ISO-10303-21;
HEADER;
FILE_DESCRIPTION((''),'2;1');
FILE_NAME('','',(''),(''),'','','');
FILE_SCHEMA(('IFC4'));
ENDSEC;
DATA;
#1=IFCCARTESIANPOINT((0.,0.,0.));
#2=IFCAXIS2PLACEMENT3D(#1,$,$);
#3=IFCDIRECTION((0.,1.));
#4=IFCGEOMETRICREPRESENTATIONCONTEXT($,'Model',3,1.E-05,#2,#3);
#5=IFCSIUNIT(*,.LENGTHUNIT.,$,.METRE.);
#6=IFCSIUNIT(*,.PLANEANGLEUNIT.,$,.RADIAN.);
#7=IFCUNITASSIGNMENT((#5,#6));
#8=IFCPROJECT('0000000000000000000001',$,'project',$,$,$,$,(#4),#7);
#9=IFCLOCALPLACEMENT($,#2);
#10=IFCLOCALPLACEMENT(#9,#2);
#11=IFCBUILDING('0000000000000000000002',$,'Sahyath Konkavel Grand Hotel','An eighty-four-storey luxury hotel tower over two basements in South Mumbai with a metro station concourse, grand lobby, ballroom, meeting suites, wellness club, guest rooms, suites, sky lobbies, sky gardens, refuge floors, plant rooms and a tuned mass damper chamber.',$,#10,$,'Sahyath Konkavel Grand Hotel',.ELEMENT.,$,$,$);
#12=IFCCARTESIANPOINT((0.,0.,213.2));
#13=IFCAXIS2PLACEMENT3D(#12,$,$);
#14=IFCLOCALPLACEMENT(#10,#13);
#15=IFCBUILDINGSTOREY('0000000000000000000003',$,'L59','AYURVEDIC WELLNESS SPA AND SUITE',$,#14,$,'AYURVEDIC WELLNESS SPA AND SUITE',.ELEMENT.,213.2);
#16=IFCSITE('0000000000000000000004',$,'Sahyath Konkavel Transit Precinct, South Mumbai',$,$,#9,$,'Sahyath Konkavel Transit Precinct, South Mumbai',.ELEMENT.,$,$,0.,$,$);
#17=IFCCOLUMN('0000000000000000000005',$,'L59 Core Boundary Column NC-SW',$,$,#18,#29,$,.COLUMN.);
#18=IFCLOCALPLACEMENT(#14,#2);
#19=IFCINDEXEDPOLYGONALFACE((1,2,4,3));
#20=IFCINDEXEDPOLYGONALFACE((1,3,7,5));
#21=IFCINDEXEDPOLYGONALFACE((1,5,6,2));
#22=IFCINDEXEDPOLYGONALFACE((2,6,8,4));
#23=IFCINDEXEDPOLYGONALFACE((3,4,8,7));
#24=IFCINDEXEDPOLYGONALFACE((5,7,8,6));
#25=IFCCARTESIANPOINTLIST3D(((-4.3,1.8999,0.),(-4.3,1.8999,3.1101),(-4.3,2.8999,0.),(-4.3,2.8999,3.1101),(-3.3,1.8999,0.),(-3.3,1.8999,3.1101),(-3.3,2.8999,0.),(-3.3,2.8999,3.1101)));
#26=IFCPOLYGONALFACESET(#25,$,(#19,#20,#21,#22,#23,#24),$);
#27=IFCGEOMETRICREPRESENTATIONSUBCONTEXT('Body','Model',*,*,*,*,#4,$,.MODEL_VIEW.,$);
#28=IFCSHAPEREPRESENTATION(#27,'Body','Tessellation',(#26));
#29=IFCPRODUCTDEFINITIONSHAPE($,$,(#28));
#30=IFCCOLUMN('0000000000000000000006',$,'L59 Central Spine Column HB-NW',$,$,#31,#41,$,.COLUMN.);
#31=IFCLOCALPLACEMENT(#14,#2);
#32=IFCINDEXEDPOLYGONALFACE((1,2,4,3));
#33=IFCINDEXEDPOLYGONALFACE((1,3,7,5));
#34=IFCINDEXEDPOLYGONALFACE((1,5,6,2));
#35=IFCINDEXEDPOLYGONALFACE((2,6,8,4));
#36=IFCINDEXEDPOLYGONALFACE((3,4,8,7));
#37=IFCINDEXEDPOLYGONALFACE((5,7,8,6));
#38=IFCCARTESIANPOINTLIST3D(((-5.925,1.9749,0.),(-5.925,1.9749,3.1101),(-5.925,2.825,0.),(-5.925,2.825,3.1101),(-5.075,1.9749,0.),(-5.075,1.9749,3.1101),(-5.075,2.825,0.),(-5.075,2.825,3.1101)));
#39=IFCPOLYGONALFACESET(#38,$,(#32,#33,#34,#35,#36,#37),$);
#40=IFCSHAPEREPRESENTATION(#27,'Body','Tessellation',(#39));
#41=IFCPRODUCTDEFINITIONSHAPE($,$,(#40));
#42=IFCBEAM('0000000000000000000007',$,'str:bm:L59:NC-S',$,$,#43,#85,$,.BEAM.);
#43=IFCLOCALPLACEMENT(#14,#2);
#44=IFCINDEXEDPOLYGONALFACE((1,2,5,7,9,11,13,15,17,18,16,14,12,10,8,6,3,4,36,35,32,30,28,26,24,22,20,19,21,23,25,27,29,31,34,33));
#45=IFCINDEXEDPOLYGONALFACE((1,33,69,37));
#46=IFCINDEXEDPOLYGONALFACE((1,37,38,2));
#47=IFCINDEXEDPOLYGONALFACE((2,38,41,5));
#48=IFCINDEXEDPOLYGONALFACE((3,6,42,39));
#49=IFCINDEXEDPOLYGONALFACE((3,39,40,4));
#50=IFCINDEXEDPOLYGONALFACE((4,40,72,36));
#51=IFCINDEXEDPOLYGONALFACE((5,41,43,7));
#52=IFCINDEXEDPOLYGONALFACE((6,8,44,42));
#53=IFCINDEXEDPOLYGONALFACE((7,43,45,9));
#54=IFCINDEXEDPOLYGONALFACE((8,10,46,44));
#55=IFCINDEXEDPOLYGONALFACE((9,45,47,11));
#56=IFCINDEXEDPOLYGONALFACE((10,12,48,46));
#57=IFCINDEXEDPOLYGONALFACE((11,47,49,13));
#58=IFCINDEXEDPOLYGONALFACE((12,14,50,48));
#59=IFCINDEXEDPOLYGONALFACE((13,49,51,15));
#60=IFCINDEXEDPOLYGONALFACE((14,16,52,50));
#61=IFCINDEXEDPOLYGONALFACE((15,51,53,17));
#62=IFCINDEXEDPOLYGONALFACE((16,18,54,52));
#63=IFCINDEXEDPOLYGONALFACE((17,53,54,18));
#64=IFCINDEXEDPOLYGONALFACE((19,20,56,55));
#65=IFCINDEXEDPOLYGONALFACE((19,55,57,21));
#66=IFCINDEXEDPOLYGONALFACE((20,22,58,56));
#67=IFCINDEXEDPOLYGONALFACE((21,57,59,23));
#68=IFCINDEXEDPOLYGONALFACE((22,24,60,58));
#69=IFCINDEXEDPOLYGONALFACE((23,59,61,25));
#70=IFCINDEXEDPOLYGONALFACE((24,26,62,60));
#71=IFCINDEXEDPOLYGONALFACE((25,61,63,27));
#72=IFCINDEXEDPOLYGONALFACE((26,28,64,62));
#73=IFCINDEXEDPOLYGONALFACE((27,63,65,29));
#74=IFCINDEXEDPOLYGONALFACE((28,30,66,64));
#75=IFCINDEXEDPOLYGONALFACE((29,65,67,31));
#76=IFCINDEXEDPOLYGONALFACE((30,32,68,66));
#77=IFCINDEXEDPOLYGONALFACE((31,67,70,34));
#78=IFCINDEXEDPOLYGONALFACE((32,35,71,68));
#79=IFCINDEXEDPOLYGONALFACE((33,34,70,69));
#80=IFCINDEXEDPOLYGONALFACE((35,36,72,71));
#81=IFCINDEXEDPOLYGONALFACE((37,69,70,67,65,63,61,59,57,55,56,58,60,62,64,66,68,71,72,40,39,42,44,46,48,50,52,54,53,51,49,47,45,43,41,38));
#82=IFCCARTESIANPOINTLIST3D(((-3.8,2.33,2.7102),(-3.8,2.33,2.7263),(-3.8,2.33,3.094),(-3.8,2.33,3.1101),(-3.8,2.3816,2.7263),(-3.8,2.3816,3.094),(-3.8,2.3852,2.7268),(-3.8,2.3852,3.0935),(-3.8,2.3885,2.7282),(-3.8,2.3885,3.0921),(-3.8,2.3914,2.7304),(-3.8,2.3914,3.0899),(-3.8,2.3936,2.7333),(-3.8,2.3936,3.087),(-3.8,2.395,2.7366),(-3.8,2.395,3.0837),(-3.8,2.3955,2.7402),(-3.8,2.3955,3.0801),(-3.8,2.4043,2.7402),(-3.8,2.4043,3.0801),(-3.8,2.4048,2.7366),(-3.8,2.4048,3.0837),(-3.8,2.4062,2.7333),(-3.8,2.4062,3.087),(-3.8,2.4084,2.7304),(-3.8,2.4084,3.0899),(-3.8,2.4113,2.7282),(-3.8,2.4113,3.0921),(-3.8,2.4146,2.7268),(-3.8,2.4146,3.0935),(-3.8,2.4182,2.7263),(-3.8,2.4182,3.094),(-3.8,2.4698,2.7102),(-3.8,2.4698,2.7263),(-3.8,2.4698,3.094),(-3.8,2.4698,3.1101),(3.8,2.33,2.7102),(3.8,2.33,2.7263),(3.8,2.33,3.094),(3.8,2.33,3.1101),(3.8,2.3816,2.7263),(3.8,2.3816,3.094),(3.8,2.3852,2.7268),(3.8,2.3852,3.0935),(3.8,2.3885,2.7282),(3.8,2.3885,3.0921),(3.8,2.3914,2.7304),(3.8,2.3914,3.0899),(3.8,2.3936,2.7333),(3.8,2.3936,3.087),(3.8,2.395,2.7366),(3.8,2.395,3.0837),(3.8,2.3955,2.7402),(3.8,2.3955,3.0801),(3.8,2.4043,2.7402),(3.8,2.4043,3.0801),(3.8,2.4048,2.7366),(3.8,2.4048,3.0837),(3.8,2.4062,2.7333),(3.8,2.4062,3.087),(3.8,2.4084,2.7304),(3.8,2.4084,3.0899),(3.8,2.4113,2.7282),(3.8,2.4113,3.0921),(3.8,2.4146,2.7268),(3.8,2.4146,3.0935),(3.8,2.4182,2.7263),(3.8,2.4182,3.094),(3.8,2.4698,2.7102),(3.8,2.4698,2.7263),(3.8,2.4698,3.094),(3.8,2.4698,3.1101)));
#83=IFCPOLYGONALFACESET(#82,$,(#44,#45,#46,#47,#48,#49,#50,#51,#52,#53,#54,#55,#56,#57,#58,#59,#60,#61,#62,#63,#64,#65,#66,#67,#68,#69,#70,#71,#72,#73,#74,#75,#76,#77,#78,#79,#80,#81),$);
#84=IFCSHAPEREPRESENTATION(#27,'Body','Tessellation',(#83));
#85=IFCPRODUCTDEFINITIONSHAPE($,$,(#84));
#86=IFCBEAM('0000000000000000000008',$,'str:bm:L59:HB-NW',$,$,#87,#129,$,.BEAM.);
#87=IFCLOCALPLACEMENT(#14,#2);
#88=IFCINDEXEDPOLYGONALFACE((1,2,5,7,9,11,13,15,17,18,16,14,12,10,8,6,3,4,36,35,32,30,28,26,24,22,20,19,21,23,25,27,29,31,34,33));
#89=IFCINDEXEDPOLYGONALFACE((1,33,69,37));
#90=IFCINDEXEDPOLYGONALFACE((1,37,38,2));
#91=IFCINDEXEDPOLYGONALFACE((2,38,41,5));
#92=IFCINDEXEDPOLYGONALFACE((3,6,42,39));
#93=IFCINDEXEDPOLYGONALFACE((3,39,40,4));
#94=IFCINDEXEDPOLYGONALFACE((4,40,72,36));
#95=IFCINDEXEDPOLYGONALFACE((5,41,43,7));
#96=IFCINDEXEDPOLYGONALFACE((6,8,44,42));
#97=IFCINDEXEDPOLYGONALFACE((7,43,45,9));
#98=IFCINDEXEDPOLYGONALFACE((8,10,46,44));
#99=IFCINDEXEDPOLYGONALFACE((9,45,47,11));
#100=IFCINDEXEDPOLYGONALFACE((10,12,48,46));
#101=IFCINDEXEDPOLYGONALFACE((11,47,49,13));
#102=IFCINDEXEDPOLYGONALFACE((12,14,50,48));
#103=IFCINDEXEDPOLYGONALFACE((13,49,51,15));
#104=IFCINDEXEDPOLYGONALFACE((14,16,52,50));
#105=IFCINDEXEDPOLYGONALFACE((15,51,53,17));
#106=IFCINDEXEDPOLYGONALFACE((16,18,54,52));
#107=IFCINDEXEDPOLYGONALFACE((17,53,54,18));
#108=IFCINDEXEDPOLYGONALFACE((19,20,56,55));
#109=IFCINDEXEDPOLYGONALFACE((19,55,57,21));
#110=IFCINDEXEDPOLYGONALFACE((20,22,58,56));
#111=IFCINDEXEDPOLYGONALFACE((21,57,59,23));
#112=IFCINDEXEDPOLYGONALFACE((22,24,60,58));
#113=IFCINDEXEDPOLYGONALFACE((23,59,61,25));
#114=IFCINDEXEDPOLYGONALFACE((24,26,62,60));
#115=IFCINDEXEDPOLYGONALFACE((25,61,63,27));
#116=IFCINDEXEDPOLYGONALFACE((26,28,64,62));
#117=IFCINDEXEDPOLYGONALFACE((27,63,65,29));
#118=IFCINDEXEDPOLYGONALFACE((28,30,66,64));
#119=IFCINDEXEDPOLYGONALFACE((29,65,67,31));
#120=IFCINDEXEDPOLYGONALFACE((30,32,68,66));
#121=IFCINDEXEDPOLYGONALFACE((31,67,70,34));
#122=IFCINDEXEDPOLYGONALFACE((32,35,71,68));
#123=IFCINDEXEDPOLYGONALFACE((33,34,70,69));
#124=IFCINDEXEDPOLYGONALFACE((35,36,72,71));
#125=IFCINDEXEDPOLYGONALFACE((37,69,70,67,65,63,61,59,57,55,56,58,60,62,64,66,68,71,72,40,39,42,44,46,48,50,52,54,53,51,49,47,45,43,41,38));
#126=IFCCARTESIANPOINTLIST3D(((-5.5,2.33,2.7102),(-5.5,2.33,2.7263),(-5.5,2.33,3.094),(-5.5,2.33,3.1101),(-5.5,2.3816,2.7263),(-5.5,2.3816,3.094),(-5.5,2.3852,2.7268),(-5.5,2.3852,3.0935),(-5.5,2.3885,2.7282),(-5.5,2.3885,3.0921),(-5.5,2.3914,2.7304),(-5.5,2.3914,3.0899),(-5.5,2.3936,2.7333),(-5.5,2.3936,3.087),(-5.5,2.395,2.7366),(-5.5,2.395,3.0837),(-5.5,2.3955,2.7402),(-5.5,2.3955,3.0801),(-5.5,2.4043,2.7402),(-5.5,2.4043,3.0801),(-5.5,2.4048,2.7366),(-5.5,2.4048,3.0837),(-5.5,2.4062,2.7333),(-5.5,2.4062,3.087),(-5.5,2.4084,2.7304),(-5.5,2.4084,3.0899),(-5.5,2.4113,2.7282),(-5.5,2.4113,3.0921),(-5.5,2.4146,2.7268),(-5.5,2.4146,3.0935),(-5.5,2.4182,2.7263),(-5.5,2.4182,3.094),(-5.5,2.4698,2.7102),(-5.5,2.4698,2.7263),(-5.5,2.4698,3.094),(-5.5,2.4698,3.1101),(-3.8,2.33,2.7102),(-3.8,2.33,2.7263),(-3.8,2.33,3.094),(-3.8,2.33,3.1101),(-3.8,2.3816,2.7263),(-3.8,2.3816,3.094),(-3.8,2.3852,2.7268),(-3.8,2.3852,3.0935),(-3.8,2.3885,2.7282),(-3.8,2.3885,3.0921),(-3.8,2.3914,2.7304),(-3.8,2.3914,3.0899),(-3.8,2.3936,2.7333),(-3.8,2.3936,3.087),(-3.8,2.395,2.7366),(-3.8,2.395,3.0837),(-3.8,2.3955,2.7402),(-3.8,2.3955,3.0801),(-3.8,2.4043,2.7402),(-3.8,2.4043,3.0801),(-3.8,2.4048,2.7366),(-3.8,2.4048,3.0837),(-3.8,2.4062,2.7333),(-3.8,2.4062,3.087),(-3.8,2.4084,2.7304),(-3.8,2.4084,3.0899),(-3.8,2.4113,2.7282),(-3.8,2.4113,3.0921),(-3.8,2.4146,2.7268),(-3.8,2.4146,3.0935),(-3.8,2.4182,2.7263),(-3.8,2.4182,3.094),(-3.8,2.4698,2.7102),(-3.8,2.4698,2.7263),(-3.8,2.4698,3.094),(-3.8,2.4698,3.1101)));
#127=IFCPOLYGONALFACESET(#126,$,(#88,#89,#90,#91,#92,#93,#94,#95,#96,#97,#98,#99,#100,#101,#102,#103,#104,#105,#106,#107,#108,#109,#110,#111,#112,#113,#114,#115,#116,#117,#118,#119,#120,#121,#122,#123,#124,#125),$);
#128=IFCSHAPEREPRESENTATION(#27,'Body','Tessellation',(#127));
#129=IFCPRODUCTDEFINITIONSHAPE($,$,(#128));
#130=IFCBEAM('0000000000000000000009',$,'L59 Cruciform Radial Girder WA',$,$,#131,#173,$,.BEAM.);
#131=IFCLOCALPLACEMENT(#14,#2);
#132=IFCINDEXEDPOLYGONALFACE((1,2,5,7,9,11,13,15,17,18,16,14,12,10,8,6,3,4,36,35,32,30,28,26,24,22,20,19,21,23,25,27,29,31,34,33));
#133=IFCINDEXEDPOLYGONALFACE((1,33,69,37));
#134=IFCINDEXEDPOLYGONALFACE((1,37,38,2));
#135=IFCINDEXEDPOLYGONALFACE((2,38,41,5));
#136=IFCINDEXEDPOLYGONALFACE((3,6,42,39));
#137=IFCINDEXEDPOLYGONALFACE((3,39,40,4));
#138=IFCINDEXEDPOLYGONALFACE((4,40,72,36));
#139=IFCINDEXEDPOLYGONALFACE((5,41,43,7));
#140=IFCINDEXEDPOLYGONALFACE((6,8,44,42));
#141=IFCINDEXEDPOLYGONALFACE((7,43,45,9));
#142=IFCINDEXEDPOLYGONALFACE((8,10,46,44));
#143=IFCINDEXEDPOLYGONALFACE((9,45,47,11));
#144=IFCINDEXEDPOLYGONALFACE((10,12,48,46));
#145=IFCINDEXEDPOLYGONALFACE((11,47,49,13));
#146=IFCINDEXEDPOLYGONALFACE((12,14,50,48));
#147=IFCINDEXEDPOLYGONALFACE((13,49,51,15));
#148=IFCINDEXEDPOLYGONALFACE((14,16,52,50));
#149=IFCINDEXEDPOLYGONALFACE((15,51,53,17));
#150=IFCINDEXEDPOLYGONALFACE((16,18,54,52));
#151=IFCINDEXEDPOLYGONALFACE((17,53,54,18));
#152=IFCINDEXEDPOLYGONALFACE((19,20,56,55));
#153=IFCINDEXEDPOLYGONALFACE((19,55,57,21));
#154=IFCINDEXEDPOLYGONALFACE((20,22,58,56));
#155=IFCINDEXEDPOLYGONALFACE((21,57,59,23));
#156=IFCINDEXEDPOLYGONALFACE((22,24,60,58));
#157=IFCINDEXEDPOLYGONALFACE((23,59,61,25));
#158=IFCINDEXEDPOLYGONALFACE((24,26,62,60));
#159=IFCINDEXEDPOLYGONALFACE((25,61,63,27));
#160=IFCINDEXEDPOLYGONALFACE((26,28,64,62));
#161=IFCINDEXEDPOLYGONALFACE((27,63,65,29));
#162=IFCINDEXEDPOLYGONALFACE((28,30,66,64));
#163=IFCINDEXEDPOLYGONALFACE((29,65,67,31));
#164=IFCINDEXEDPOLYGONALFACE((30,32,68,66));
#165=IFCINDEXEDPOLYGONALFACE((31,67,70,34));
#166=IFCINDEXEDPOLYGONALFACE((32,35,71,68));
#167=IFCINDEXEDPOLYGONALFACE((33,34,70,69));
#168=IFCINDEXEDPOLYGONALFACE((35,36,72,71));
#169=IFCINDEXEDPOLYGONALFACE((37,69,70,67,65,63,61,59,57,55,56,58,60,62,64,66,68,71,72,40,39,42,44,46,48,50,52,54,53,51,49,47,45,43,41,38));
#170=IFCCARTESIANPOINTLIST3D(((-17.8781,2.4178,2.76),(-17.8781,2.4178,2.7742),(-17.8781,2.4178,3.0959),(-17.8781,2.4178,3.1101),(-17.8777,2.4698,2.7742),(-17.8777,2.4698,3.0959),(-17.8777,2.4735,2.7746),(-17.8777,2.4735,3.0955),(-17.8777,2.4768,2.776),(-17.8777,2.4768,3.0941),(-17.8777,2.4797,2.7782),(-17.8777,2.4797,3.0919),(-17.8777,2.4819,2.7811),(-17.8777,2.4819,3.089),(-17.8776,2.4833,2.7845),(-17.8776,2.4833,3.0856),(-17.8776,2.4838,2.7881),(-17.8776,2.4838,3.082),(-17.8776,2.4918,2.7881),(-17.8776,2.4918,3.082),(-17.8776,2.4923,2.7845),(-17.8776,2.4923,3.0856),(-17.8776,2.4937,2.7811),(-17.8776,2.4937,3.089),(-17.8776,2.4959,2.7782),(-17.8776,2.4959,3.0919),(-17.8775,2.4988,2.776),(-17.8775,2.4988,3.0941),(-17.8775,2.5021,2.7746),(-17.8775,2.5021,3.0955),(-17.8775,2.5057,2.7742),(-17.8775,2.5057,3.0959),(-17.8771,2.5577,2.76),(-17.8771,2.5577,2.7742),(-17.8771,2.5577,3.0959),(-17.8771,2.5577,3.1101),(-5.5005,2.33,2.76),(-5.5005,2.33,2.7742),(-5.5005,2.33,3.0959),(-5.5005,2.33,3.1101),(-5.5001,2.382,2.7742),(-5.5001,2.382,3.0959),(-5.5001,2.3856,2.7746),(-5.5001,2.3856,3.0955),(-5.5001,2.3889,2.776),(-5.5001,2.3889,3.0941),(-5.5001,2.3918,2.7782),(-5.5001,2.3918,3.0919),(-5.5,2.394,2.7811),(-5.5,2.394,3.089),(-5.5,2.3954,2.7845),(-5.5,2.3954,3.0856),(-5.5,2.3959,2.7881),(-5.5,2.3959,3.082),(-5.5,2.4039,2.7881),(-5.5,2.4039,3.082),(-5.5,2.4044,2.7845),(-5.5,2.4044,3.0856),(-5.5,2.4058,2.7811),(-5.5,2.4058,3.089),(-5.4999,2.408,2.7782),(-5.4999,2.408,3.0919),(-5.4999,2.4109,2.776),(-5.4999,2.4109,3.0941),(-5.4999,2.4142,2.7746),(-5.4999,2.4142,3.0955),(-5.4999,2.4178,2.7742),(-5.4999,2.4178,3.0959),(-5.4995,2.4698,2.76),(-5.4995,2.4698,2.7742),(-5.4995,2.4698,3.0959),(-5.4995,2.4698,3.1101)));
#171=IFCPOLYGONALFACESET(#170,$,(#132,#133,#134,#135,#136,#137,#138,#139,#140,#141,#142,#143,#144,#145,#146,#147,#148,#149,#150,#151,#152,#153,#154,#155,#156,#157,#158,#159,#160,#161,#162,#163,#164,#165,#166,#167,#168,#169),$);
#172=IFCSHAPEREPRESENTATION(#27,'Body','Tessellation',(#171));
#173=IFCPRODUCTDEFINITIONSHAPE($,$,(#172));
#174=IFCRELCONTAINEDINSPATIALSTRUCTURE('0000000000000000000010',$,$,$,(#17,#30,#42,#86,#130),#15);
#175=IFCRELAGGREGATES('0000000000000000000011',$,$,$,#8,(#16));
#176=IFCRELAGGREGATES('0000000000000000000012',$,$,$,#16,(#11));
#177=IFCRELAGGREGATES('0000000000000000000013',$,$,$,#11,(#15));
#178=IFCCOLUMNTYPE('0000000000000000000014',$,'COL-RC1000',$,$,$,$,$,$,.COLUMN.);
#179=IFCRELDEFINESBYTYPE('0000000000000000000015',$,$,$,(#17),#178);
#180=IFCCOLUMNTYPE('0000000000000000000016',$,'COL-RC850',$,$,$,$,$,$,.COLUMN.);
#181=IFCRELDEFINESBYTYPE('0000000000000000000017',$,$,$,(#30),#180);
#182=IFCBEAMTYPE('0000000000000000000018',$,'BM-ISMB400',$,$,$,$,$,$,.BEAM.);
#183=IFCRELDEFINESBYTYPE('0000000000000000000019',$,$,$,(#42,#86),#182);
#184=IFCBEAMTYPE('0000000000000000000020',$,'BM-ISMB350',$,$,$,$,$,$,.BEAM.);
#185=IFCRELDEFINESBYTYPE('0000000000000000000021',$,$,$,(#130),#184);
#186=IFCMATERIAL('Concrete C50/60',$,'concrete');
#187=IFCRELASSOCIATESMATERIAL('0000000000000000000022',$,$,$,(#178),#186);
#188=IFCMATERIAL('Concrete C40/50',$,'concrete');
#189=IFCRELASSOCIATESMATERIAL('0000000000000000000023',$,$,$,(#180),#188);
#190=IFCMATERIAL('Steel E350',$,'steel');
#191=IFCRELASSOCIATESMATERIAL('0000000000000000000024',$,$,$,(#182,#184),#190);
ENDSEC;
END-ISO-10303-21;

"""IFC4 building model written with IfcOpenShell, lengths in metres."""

from ifc_helpers import new_model, si_unit, direction, frame, origin, origin_2d, place, context, subcontext, project, spatial, rectangle, i_section, extrude, source, transform, mapped, material, material_profile, profile_set, type_object, element, save


model = new_model("IFC4")

# Units and contexts
model_context = context("Model", 3, precision=1e-05, world=origin(), true_north=direction((0.0, 1.0)))
body_context = subcontext(model_context, "Body", "Model", "MODEL_VIEW")
ifc_project = project(units=[si_unit("LENGTHUNIT", "METRE"), si_unit("PLANEANGLEUNIT", "RADIAN")], contexts=[model_context])

# Site, building, storey
site_placement = place(None, origin())
site = spatial("IfcSite", under=ifc_project, at=site_placement, Name="Sahyath Konkavel Transit Precinct, South Mumbai", LongName="Sahyath Konkavel Transit Precinct, South Mumbai", CompositionType="ELEMENT", RefElevation=0.0)
building_placement = place(site_placement, origin())
building = spatial("IfcBuilding", under=site, at=building_placement, Name="Sahyath Konkavel Grand Hotel", Description="An eighty-four-storey luxury hotel tower over two basements in South Mumbai with a metro station concourse, grand lobby, ballroom, meeting suites, wellness club, guest rooms, suites, sky lobbies, sky gardens, refuge floors, plant rooms and a tuned mass damper chamber.", LongName="Sahyath Konkavel Grand Hotel", CompositionType="ELEMENT")
storey_placement = place(building_placement, frame((0.0, 0.0, 213.2)))
storey = spatial("IfcBuildingStorey", under=building, at=storey_placement, Name="L59", Description="AYURVEDIC WELLNESS SPA AND SUITE", LongName="AYURVEDIC WELLNESS SPA AND SUITE", CompositionType="ELEMENT", Elevation=213.2)

# Columns
ifc_material_1 = material(Name="Concrete C50/60", Category="concrete")
ifc_material_profile_1 = material_profile(ifc_material_1, rectangle(XDim=1.0, YDim=1.0, at=origin_2d()), Name="RC 1000x1000")
ifc_profile_set_1 = profile_set([ifc_material_profile_1], Name="Concrete C50/60")
column_type_1 = type_object("IfcColumnType", Name="COL-RC1000", PredefinedType="COLUMN", material=ifc_profile_set_1)
shared_shape_1 = source(origin(), body_context, "Body", "SweptSolid", [
    extrude(rectangle(XDim=1.0, YDim=1.0, at=origin_2d()), origin(), (0.0, 0.0, 1.0), 3.1101),
])
column_1_placement = place(storey_placement, frame((-3.8, 2.3999, 0.0), z_axis=(0.0, 0.0, 1.0), x_axis=(1.0, 0.0, 0.0)))
element("IfcColumn", 1, at=column_1_placement, inside=storey, type_object=column_type_1, Name="L59 Core Boundary Column NC-SW", PredefinedType="COLUMN", context=body_context, shape_type="MappedRepresentation", body=[
    mapped(shared_shape_1, transform((0.0, 0.0, 0.0), scale=1.0)),
])
ifc_material_2 = material(Name="Concrete C40/50", Category="concrete")
ifc_material_profile_2 = material_profile(ifc_material_2, rectangle(XDim=0.8501, YDim=0.8501, at=origin_2d()), Name="RC 850x850")
ifc_profile_set_2 = profile_set([ifc_material_profile_2], Name="Concrete C40/50")
column_type_2 = type_object("IfcColumnType", Name="COL-RC850", PredefinedType="COLUMN", material=ifc_profile_set_2)
shared_shape_2 = source(origin(), body_context, "Body", "SweptSolid", [
    extrude(rectangle(XDim=0.8501, YDim=0.8501, at=origin_2d()), origin(), (0.0, 0.0, 1.0), 3.1101),
])
column_2_placement = place(storey_placement, frame((-5.5, 2.3999, 0.0), z_axis=(0.0, 0.0, 1.0), x_axis=(1.0, 0.0, 0.0)))
element("IfcColumn", 2, at=column_2_placement, inside=storey, type_object=column_type_2, Name="L59 Central Spine Column HB-NW", PredefinedType="COLUMN", context=body_context, shape_type="MappedRepresentation", body=[
    mapped(shared_shape_2, transform((0.0, 0.0, 0.0), scale=1.0)),
])

# Beams
ifc_material_3 = material(Name="Steel E350", Category="steel")
ifc_material_profile_3 = material_profile(ifc_material_3, i_section(OverallWidth=0.1399, OverallDepth=0.3999, WebThickness=0.0088, FlangeThickness=0.0161, FilletRadius=0.0139, at=origin_2d()), Name="ISMB 400")
ifc_profile_set_3 = profile_set([ifc_material_profile_3], Name="Steel E350")
beam_type_1 = type_object("IfcBeamType", Name="BM-ISMB400", PredefinedType="BEAM", material=ifc_profile_set_3)
shared_shape_3 = source(origin(), body_context, "Body", "SweptSolid", [
    extrude(i_section(OverallWidth=0.1399, OverallDepth=0.3999, WebThickness=0.0088, FlangeThickness=0.0161, FilletRadius=0.0139, at=origin_2d()), origin(), (0.0, 0.0, 1.0), 7.6001),
])
beam_1_placement = place(storey_placement, frame((-3.8, 2.3999, 2.9102), z_axis=(1.0, 0.0, 0.0), x_axis=(0.0, 1.0, 0.0)))
element("IfcBeam", 3, at=beam_1_placement, inside=storey, type_object=beam_type_1, Name="str:bm:L59:NC-S", PredefinedType="BEAM", context=body_context, shape_type="MappedRepresentation", body=[
    mapped(shared_shape_3, transform((0.0, 0.0, 0.0), scale=1.0)),
])
shared_shape_4 = source(origin(), body_context, "Body", "SweptSolid", [
    extrude(i_section(OverallWidth=0.1399, OverallDepth=0.3999, WebThickness=0.0088, FlangeThickness=0.0161, FilletRadius=0.0139, at=origin_2d()), origin(), (0.0, 0.0, 1.0), 1.7),
])
beam_2_placement = place(storey_placement, frame((-5.5, 2.3999, 2.9102), z_axis=(1.0, 0.0, 0.0), x_axis=(0.0, 1.0, 0.0)))
element("IfcBeam", 4, at=beam_2_placement, inside=storey, type_object=beam_type_1, Name="str:bm:L59:HB-NW", PredefinedType="BEAM", context=body_context, shape_type="MappedRepresentation", body=[
    mapped(shared_shape_4, transform((0.0, 0.0, 0.0), scale=1.0)),
])
ifc_material_profile_4 = material_profile(ifc_material_3, i_section(OverallWidth=0.1399, OverallDepth=0.3501, WebThickness=0.0081, FlangeThickness=0.0142, FilletRadius=0.0139, at=origin_2d()), Name="ISMB 350")
ifc_profile_set_4 = profile_set([ifc_material_profile_4], Name="Steel E350")
beam_type_2 = type_object("IfcBeamType", Name="BM-ISMB350", PredefinedType="BEAM", material=ifc_profile_set_4)
shared_shape_5 = source(origin(), body_context, "Body", "SweptSolid", [
    extrude(i_section(OverallWidth=0.1399, OverallDepth=0.3501, WebThickness=0.0081, FlangeThickness=0.0142, FilletRadius=0.0139, at=origin_2d()), origin(), (0.0, 0.0, 1.0), 12.3779),
])
beam_3_placement = place(storey_placement, frame((-5.5, 2.3999, 2.9351), z_axis=(-0.999975, 0.007101, 0.0), x_axis=(-0.007101, -0.999975, 0.0)))
element("IfcBeam", 5, at=beam_3_placement, inside=storey, type_object=beam_type_2, Name="L59 Cruciform Radial Girder WA", PredefinedType="BEAM", context=body_context, shape_type="MappedRepresentation", body=[
    mapped(shared_shape_5, transform((0.0, 0.0, 0.0), scale=1.0)),
])

save(model, "model.ifc")
